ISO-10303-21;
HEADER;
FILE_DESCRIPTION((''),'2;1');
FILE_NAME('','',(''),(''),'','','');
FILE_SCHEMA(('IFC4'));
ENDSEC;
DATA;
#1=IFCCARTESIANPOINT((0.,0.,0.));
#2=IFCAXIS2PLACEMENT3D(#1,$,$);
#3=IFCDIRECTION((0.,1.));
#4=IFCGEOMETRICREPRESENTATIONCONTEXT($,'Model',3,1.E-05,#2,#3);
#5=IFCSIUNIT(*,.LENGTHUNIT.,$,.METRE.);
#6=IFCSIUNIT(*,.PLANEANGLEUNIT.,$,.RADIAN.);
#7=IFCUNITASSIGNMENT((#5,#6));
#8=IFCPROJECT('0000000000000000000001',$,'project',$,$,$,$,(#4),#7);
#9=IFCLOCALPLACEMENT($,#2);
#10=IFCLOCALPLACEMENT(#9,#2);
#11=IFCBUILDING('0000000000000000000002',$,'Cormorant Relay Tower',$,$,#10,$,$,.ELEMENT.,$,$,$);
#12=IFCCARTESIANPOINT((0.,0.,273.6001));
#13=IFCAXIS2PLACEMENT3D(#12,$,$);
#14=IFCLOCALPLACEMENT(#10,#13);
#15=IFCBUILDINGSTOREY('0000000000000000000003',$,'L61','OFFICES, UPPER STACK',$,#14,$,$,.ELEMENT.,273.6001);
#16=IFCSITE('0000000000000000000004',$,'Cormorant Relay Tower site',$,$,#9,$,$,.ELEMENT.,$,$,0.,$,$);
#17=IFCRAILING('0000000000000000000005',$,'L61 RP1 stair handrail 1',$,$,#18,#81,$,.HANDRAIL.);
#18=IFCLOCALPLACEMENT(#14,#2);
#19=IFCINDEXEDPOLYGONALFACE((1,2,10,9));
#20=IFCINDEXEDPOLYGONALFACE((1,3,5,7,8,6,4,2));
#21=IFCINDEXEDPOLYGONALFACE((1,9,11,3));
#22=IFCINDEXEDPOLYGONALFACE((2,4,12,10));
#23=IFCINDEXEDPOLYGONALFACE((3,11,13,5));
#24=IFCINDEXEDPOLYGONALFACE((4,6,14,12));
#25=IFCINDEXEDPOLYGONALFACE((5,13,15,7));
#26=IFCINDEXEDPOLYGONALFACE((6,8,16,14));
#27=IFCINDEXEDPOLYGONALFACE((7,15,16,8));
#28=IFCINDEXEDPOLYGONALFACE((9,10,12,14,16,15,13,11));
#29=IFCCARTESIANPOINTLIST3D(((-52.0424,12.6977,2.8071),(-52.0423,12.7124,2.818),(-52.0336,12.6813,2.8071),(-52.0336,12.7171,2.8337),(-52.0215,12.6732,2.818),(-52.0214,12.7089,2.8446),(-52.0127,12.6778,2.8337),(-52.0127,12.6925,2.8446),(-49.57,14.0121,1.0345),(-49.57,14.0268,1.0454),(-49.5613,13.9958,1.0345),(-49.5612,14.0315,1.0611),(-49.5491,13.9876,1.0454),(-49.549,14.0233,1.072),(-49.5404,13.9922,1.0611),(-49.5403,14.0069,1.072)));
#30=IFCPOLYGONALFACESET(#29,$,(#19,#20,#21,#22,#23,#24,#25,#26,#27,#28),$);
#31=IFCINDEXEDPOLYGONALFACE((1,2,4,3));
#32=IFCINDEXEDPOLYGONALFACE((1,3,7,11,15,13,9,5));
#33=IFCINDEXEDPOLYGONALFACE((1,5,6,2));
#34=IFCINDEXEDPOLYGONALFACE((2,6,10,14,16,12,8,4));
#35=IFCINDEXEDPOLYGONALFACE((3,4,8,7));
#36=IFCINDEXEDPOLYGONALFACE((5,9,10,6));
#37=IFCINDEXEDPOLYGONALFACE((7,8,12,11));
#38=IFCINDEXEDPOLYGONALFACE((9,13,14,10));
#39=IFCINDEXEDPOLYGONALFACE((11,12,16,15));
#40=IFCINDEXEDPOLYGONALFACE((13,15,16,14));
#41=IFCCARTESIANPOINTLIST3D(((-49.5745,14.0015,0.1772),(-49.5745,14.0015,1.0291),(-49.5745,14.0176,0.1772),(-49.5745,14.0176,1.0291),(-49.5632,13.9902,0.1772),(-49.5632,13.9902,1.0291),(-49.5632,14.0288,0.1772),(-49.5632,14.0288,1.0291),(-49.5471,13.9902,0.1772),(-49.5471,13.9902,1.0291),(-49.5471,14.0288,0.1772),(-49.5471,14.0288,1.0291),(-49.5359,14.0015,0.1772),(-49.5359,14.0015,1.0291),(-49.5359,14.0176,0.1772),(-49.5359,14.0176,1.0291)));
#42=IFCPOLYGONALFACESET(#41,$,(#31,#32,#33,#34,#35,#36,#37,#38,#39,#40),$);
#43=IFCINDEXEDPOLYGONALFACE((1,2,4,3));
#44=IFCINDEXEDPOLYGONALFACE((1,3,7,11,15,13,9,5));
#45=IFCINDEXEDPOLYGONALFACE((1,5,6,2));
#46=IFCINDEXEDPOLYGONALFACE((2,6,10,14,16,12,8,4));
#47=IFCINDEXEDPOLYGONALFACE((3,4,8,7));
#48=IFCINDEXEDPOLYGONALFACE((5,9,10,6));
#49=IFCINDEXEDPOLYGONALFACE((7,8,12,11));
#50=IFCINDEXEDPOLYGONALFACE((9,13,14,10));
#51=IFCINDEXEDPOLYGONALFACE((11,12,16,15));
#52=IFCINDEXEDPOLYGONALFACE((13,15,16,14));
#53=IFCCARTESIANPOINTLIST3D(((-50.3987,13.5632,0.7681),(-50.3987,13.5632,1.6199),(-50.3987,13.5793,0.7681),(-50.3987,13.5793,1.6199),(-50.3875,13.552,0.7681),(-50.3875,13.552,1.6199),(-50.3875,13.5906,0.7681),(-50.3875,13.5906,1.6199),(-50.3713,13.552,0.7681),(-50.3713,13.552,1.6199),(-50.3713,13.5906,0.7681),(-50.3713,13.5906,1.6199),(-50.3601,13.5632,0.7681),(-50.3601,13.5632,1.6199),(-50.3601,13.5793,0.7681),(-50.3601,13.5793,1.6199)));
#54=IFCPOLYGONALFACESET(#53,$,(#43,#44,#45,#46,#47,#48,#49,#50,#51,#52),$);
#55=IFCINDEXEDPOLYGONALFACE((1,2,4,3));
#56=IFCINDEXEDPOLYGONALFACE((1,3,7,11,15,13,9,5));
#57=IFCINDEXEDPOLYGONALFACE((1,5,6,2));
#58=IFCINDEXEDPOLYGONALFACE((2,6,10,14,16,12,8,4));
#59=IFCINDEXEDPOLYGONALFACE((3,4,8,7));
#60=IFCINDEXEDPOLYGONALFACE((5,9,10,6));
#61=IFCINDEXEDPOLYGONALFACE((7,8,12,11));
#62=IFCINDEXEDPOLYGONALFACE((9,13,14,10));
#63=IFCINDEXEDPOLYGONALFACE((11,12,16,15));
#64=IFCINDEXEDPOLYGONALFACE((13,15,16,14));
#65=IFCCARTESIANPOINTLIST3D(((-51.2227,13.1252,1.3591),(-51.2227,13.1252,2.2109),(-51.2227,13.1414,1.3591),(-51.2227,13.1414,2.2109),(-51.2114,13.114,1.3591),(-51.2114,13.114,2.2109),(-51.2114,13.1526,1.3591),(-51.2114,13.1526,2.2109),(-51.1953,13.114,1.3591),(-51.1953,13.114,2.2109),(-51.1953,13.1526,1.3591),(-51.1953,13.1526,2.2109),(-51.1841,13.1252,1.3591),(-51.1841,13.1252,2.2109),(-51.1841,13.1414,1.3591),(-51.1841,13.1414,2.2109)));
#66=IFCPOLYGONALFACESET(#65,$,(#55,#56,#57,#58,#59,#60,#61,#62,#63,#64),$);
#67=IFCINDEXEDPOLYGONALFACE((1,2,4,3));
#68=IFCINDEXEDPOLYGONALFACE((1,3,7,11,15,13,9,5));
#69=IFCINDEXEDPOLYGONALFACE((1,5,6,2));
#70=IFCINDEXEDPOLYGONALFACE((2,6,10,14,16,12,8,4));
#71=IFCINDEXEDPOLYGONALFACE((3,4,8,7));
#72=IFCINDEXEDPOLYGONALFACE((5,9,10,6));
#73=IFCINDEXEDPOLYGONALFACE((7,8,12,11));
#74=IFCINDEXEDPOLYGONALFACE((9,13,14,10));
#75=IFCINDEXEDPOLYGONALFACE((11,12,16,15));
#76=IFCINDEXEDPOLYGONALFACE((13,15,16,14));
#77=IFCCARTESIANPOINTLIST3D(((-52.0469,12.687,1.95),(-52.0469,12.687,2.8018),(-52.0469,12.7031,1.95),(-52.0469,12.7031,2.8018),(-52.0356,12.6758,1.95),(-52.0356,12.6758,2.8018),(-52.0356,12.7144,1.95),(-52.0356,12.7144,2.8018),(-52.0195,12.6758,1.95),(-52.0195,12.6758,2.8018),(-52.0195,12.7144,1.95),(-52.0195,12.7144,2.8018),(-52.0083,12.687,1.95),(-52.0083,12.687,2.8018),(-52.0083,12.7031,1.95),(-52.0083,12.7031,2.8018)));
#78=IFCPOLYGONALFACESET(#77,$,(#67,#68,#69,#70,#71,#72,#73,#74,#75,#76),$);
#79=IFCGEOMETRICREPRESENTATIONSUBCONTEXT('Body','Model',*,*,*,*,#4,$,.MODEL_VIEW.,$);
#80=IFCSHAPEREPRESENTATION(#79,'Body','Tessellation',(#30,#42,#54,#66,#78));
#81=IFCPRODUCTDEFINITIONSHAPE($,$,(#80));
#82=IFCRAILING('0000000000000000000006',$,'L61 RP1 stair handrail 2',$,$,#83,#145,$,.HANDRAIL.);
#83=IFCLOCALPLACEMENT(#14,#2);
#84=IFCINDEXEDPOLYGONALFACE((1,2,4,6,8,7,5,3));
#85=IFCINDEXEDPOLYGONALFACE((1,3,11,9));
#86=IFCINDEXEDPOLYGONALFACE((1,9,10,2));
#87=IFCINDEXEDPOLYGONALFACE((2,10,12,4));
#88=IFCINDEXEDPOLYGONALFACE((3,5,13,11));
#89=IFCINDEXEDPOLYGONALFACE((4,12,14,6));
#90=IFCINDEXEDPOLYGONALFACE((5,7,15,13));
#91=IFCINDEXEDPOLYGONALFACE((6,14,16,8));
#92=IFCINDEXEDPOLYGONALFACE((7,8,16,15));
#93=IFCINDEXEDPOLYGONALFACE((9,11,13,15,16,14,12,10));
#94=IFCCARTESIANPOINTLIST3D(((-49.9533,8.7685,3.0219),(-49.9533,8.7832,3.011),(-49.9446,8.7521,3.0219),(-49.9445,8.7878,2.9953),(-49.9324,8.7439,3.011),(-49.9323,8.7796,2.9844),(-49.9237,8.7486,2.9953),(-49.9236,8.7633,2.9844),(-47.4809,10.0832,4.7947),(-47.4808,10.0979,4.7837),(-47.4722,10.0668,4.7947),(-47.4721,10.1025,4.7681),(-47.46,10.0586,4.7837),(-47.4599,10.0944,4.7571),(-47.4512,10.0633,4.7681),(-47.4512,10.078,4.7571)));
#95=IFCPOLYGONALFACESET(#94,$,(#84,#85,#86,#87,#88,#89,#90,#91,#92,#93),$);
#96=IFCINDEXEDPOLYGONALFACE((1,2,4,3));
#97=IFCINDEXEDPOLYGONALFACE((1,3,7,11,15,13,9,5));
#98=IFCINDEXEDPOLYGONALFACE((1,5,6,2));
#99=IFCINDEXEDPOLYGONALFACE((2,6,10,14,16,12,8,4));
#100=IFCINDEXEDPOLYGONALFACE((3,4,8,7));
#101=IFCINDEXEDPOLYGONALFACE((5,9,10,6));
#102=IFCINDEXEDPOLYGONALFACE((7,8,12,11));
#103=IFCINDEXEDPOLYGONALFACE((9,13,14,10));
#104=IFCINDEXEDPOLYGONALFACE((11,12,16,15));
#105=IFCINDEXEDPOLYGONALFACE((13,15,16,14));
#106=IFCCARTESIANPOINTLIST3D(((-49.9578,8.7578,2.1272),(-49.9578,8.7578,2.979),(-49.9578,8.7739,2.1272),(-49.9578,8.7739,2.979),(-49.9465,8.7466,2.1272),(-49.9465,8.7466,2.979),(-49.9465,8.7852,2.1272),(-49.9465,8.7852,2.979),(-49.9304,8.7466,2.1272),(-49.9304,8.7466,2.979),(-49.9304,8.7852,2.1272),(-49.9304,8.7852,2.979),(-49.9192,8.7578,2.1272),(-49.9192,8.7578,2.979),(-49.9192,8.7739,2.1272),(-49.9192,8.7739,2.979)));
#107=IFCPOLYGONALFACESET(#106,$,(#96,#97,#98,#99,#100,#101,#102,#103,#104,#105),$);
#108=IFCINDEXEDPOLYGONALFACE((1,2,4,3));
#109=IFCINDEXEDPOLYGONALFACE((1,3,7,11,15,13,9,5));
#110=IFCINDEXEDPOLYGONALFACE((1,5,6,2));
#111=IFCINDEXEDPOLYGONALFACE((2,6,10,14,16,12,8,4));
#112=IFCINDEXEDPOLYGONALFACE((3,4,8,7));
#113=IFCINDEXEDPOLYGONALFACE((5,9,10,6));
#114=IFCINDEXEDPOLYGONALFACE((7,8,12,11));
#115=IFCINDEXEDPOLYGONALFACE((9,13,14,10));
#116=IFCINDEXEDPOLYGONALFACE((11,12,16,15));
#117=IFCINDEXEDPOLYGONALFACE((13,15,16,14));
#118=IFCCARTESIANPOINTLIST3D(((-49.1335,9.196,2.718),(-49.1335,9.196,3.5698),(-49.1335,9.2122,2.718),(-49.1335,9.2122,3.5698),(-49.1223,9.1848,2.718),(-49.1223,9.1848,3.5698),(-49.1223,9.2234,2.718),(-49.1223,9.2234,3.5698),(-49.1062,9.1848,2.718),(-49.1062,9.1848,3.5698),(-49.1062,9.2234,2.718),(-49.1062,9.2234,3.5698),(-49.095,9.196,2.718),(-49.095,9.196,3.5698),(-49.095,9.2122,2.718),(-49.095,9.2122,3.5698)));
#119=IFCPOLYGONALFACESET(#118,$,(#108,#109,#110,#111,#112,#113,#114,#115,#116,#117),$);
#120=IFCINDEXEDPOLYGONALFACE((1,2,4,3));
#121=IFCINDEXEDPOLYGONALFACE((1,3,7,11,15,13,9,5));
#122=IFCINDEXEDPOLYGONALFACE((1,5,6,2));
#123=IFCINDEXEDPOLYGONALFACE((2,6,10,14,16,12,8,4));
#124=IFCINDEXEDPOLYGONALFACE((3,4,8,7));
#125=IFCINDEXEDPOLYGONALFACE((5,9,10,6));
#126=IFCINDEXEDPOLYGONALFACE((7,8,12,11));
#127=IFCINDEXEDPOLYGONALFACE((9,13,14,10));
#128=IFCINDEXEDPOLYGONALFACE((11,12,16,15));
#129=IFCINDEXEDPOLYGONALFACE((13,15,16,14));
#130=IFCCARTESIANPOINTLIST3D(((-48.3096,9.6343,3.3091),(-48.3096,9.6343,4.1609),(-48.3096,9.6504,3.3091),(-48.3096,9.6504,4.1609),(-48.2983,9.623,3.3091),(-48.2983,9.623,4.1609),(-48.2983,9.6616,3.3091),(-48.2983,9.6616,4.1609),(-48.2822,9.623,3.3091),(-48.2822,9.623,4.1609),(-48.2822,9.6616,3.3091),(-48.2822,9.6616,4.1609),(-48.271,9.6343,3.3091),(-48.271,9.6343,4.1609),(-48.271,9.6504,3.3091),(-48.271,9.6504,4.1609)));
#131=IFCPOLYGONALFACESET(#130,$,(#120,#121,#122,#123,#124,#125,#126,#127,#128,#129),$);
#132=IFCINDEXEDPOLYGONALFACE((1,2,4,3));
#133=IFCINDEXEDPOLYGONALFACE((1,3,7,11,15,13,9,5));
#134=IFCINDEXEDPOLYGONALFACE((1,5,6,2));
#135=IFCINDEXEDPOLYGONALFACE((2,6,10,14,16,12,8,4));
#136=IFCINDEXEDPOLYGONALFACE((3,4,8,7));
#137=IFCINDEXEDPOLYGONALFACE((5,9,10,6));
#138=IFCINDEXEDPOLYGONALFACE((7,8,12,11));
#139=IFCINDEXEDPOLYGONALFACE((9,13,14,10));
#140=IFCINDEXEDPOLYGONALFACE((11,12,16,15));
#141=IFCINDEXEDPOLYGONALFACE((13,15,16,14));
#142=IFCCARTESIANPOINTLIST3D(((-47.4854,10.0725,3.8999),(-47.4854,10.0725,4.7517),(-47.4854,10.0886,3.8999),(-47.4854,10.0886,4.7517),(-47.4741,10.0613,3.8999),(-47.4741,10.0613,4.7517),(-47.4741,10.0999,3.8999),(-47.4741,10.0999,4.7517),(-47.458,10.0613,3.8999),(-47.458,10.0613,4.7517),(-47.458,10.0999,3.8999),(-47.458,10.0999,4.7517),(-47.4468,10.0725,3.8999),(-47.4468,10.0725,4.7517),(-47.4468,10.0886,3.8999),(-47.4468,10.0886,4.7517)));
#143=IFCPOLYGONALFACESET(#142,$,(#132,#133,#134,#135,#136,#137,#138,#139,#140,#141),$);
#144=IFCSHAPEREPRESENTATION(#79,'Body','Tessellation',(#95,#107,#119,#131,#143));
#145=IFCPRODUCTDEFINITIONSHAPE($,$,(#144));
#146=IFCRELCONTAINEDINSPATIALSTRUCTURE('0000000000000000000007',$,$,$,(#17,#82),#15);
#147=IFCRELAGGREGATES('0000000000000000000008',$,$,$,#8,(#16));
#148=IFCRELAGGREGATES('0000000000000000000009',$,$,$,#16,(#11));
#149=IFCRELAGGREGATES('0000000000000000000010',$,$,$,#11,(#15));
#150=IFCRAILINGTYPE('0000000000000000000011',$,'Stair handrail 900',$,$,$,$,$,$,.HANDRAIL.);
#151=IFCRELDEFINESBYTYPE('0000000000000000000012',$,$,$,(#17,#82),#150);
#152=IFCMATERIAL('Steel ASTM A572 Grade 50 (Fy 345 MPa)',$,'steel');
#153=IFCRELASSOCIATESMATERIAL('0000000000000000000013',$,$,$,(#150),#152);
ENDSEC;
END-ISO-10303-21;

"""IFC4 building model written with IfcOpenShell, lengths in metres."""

from ifc_helpers import new_model, si_unit, direction, frame, origin, place, context, subcontext, project, spatial, polyline, outline, extrude, material, type_object, element, save


model = new_model("IFC4")

# Units and contexts
model_context = context("Model", 3, precision=1e-05, world=origin(), true_north=direction((0.0, 1.0)))
body_context = subcontext(model_context, "Body", "Model", "MODEL_VIEW")
ifc_project = project(units=[si_unit("LENGTHUNIT", "METRE"), si_unit("PLANEANGLEUNIT", "RADIAN")], contexts=[model_context])

# Site, building, storey
site_placement = place(None, origin())
site = spatial("IfcSite", under=ifc_project, at=site_placement, Name="Cormorant Relay Tower site", CompositionType="ELEMENT", RefElevation=0.0)
building_placement = place(site_placement, origin())
building = spatial("IfcBuilding", under=site, at=building_placement, Name="Cormorant Relay Tower", CompositionType="ELEMENT")
storey_placement = place(building_placement, frame((0.0, 0.0, 273.6001)))
storey = spatial("IfcBuildingStorey", under=building, at=storey_placement, Name="L61", Description="OFFICES, UPPER STACK", CompositionType="ELEMENT", Elevation=273.6001)

# Railings
ifc_material_1 = material(Name="Steel ASTM A572 Grade 50 (Fy 345 MPa)", Category="steel")
railing_type_1 = type_object("IfcRailingType", Name="Stair handrail 900", PredefinedType="HANDRAIL", material=ifc_material_1)
railing_1_placement = place(storey_placement, frame((-49.5552, 14.0095, 0.1772)))
element("IfcRailing", 1, at=railing_1_placement, inside=storey, type_object=railing_type_1, Name="L61 RP1 stair handrail 1", PredefinedType="HANDRAIL", context=body_context, shape_type="SweptSolid", body=[
    extrude(outline(polyline([(0.0222, 0.0093), (0.0093, 0.0222), (-0.0093, 0.0222), (-0.0222, 0.0093), (-0.0222, -0.0093), (-0.0093, -0.0222), (0.0093, -0.0222), (0.0222, -0.0093), (0.0222, 0.0093)])), frame((0.0, 0.0, 0.876), z_axis=(-0.746034, -0.396627, 0.534902), x_axis=(0.469429, -0.88297, 0.0)), (0.0, 0.0, 1.0), 3.314),
    extrude(outline(polyline([(0.0193, 0.0081), (0.0081, 0.0193), (-0.0081, 0.0193), (-0.0193, 0.0081), (-0.0193, -0.0081), (-0.0081, -0.0193), (0.0081, -0.0193), (0.0193, -0.0081), (0.0193, 0.0081)])), origin(), (0.0, 0.0, 1.0), 0.8518),
    extrude(outline(polyline([(0.0193, 0.0081), (0.0081, 0.0193), (-0.0081, 0.0193), (-0.0193, 0.0081), (-0.0193, -0.0081), (-0.0081, -0.0193), (0.0081, -0.0193), (0.0193, -0.0081), (0.0193, 0.0081)])), frame((-0.8242, -0.4382, 0.5908)), (0.0, 0.0, 1.0), 0.8518),
    extrude(outline(polyline([(0.0193, 0.0081), (0.0081, 0.0193), (-0.0081, 0.0193), (-0.0193, 0.0081), (-0.0193, -0.0081), (-0.0081, -0.0193), (0.0081, -0.0193), (0.0193, -0.0081), (0.0193, 0.0081)])), frame((-1.6482, -0.8762, 1.1819)), (0.0, 0.0, 1.0), 0.8518),
    extrude(outline(polyline([(0.0193, 0.0081), (0.0081, 0.0193), (-0.0081, 0.0193), (-0.0193, 0.0081), (-0.0193, -0.0081), (-0.0081, -0.0193), (0.0081, -0.0193), (0.0193, -0.0081), (0.0193, 0.0081)])), frame((-2.4724, -1.3145, 1.7727)), (0.0, 0.0, 1.0), 0.8518),
])
railing_2_placement = place(storey_placement, frame((-49.9385, 8.7659, 2.1272)))
element("IfcRailing", 2, at=railing_2_placement, inside=storey, type_object=railing_type_1, Name="L61 RP1 stair handrail 2", PredefinedType="HANDRAIL", context=body_context, shape_type="SweptSolid", body=[
    extrude(outline(polyline([(0.0222, 0.0093), (0.0093, 0.0222), (-0.0093, 0.0222), (-0.0222, 0.0093), (-0.0222, -0.0093), (-0.0093, -0.0222), (0.0093, -0.0222), (0.0222, -0.0093), (0.0222, 0.0093)])), frame((0.0, 0.0, 0.876), z_axis=(0.746012, 0.39669, 0.534886), x_axis=(-0.469497, 0.882934, 0.0)), (0.0, 0.0, 1.0), 3.3142),
    extrude(outline(polyline([(0.0193, 0.0081), (0.0081, 0.0193), (-0.0081, 0.0193), (-0.0193, 0.0081), (-0.0193, -0.0081), (-0.0081, -0.0193), (0.0081, -0.0193), (0.0193, -0.0081), (0.0193, 0.0081)])), origin(), (0.0, 0.0, 1.0), 0.8518),
    extrude(outline(polyline([(0.0193, 0.0081), (0.0081, 0.0193), (-0.0081, 0.0193), (-0.0193, 0.0081), (-0.0193, -0.0081), (-0.0081, -0.0193), (0.0081, -0.0193), (0.0193, -0.0081), (0.0193, 0.0081)])), frame((0.8242, 0.4382, 0.5908)), (0.0, 0.0, 1.0), 0.8518),
    extrude(outline(polyline([(0.0193, 0.0081), (0.0081, 0.0193), (-0.0081, 0.0193), (-0.0193, 0.0081), (-0.0193, -0.0081), (-0.0081, -0.0193), (0.0081, -0.0193), (0.0193, -0.0081), (0.0193, 0.0081)])), frame((1.6482, 0.8765, 1.1819)), (0.0, 0.0, 1.0), 0.8518),
    extrude(outline(polyline([(0.0193, 0.0081), (0.0081, 0.0193), (-0.0081, 0.0193), (-0.0193, 0.0081), (-0.0193, -0.0081), (-0.0081, -0.0193), (0.0081, -0.0193), (0.0193, -0.0081), (0.0193, 0.0081)])), frame((2.4724, 1.3147, 1.7727)), (0.0, 0.0, 1.0), 0.8518),
])

save(model, "model.ifc")
